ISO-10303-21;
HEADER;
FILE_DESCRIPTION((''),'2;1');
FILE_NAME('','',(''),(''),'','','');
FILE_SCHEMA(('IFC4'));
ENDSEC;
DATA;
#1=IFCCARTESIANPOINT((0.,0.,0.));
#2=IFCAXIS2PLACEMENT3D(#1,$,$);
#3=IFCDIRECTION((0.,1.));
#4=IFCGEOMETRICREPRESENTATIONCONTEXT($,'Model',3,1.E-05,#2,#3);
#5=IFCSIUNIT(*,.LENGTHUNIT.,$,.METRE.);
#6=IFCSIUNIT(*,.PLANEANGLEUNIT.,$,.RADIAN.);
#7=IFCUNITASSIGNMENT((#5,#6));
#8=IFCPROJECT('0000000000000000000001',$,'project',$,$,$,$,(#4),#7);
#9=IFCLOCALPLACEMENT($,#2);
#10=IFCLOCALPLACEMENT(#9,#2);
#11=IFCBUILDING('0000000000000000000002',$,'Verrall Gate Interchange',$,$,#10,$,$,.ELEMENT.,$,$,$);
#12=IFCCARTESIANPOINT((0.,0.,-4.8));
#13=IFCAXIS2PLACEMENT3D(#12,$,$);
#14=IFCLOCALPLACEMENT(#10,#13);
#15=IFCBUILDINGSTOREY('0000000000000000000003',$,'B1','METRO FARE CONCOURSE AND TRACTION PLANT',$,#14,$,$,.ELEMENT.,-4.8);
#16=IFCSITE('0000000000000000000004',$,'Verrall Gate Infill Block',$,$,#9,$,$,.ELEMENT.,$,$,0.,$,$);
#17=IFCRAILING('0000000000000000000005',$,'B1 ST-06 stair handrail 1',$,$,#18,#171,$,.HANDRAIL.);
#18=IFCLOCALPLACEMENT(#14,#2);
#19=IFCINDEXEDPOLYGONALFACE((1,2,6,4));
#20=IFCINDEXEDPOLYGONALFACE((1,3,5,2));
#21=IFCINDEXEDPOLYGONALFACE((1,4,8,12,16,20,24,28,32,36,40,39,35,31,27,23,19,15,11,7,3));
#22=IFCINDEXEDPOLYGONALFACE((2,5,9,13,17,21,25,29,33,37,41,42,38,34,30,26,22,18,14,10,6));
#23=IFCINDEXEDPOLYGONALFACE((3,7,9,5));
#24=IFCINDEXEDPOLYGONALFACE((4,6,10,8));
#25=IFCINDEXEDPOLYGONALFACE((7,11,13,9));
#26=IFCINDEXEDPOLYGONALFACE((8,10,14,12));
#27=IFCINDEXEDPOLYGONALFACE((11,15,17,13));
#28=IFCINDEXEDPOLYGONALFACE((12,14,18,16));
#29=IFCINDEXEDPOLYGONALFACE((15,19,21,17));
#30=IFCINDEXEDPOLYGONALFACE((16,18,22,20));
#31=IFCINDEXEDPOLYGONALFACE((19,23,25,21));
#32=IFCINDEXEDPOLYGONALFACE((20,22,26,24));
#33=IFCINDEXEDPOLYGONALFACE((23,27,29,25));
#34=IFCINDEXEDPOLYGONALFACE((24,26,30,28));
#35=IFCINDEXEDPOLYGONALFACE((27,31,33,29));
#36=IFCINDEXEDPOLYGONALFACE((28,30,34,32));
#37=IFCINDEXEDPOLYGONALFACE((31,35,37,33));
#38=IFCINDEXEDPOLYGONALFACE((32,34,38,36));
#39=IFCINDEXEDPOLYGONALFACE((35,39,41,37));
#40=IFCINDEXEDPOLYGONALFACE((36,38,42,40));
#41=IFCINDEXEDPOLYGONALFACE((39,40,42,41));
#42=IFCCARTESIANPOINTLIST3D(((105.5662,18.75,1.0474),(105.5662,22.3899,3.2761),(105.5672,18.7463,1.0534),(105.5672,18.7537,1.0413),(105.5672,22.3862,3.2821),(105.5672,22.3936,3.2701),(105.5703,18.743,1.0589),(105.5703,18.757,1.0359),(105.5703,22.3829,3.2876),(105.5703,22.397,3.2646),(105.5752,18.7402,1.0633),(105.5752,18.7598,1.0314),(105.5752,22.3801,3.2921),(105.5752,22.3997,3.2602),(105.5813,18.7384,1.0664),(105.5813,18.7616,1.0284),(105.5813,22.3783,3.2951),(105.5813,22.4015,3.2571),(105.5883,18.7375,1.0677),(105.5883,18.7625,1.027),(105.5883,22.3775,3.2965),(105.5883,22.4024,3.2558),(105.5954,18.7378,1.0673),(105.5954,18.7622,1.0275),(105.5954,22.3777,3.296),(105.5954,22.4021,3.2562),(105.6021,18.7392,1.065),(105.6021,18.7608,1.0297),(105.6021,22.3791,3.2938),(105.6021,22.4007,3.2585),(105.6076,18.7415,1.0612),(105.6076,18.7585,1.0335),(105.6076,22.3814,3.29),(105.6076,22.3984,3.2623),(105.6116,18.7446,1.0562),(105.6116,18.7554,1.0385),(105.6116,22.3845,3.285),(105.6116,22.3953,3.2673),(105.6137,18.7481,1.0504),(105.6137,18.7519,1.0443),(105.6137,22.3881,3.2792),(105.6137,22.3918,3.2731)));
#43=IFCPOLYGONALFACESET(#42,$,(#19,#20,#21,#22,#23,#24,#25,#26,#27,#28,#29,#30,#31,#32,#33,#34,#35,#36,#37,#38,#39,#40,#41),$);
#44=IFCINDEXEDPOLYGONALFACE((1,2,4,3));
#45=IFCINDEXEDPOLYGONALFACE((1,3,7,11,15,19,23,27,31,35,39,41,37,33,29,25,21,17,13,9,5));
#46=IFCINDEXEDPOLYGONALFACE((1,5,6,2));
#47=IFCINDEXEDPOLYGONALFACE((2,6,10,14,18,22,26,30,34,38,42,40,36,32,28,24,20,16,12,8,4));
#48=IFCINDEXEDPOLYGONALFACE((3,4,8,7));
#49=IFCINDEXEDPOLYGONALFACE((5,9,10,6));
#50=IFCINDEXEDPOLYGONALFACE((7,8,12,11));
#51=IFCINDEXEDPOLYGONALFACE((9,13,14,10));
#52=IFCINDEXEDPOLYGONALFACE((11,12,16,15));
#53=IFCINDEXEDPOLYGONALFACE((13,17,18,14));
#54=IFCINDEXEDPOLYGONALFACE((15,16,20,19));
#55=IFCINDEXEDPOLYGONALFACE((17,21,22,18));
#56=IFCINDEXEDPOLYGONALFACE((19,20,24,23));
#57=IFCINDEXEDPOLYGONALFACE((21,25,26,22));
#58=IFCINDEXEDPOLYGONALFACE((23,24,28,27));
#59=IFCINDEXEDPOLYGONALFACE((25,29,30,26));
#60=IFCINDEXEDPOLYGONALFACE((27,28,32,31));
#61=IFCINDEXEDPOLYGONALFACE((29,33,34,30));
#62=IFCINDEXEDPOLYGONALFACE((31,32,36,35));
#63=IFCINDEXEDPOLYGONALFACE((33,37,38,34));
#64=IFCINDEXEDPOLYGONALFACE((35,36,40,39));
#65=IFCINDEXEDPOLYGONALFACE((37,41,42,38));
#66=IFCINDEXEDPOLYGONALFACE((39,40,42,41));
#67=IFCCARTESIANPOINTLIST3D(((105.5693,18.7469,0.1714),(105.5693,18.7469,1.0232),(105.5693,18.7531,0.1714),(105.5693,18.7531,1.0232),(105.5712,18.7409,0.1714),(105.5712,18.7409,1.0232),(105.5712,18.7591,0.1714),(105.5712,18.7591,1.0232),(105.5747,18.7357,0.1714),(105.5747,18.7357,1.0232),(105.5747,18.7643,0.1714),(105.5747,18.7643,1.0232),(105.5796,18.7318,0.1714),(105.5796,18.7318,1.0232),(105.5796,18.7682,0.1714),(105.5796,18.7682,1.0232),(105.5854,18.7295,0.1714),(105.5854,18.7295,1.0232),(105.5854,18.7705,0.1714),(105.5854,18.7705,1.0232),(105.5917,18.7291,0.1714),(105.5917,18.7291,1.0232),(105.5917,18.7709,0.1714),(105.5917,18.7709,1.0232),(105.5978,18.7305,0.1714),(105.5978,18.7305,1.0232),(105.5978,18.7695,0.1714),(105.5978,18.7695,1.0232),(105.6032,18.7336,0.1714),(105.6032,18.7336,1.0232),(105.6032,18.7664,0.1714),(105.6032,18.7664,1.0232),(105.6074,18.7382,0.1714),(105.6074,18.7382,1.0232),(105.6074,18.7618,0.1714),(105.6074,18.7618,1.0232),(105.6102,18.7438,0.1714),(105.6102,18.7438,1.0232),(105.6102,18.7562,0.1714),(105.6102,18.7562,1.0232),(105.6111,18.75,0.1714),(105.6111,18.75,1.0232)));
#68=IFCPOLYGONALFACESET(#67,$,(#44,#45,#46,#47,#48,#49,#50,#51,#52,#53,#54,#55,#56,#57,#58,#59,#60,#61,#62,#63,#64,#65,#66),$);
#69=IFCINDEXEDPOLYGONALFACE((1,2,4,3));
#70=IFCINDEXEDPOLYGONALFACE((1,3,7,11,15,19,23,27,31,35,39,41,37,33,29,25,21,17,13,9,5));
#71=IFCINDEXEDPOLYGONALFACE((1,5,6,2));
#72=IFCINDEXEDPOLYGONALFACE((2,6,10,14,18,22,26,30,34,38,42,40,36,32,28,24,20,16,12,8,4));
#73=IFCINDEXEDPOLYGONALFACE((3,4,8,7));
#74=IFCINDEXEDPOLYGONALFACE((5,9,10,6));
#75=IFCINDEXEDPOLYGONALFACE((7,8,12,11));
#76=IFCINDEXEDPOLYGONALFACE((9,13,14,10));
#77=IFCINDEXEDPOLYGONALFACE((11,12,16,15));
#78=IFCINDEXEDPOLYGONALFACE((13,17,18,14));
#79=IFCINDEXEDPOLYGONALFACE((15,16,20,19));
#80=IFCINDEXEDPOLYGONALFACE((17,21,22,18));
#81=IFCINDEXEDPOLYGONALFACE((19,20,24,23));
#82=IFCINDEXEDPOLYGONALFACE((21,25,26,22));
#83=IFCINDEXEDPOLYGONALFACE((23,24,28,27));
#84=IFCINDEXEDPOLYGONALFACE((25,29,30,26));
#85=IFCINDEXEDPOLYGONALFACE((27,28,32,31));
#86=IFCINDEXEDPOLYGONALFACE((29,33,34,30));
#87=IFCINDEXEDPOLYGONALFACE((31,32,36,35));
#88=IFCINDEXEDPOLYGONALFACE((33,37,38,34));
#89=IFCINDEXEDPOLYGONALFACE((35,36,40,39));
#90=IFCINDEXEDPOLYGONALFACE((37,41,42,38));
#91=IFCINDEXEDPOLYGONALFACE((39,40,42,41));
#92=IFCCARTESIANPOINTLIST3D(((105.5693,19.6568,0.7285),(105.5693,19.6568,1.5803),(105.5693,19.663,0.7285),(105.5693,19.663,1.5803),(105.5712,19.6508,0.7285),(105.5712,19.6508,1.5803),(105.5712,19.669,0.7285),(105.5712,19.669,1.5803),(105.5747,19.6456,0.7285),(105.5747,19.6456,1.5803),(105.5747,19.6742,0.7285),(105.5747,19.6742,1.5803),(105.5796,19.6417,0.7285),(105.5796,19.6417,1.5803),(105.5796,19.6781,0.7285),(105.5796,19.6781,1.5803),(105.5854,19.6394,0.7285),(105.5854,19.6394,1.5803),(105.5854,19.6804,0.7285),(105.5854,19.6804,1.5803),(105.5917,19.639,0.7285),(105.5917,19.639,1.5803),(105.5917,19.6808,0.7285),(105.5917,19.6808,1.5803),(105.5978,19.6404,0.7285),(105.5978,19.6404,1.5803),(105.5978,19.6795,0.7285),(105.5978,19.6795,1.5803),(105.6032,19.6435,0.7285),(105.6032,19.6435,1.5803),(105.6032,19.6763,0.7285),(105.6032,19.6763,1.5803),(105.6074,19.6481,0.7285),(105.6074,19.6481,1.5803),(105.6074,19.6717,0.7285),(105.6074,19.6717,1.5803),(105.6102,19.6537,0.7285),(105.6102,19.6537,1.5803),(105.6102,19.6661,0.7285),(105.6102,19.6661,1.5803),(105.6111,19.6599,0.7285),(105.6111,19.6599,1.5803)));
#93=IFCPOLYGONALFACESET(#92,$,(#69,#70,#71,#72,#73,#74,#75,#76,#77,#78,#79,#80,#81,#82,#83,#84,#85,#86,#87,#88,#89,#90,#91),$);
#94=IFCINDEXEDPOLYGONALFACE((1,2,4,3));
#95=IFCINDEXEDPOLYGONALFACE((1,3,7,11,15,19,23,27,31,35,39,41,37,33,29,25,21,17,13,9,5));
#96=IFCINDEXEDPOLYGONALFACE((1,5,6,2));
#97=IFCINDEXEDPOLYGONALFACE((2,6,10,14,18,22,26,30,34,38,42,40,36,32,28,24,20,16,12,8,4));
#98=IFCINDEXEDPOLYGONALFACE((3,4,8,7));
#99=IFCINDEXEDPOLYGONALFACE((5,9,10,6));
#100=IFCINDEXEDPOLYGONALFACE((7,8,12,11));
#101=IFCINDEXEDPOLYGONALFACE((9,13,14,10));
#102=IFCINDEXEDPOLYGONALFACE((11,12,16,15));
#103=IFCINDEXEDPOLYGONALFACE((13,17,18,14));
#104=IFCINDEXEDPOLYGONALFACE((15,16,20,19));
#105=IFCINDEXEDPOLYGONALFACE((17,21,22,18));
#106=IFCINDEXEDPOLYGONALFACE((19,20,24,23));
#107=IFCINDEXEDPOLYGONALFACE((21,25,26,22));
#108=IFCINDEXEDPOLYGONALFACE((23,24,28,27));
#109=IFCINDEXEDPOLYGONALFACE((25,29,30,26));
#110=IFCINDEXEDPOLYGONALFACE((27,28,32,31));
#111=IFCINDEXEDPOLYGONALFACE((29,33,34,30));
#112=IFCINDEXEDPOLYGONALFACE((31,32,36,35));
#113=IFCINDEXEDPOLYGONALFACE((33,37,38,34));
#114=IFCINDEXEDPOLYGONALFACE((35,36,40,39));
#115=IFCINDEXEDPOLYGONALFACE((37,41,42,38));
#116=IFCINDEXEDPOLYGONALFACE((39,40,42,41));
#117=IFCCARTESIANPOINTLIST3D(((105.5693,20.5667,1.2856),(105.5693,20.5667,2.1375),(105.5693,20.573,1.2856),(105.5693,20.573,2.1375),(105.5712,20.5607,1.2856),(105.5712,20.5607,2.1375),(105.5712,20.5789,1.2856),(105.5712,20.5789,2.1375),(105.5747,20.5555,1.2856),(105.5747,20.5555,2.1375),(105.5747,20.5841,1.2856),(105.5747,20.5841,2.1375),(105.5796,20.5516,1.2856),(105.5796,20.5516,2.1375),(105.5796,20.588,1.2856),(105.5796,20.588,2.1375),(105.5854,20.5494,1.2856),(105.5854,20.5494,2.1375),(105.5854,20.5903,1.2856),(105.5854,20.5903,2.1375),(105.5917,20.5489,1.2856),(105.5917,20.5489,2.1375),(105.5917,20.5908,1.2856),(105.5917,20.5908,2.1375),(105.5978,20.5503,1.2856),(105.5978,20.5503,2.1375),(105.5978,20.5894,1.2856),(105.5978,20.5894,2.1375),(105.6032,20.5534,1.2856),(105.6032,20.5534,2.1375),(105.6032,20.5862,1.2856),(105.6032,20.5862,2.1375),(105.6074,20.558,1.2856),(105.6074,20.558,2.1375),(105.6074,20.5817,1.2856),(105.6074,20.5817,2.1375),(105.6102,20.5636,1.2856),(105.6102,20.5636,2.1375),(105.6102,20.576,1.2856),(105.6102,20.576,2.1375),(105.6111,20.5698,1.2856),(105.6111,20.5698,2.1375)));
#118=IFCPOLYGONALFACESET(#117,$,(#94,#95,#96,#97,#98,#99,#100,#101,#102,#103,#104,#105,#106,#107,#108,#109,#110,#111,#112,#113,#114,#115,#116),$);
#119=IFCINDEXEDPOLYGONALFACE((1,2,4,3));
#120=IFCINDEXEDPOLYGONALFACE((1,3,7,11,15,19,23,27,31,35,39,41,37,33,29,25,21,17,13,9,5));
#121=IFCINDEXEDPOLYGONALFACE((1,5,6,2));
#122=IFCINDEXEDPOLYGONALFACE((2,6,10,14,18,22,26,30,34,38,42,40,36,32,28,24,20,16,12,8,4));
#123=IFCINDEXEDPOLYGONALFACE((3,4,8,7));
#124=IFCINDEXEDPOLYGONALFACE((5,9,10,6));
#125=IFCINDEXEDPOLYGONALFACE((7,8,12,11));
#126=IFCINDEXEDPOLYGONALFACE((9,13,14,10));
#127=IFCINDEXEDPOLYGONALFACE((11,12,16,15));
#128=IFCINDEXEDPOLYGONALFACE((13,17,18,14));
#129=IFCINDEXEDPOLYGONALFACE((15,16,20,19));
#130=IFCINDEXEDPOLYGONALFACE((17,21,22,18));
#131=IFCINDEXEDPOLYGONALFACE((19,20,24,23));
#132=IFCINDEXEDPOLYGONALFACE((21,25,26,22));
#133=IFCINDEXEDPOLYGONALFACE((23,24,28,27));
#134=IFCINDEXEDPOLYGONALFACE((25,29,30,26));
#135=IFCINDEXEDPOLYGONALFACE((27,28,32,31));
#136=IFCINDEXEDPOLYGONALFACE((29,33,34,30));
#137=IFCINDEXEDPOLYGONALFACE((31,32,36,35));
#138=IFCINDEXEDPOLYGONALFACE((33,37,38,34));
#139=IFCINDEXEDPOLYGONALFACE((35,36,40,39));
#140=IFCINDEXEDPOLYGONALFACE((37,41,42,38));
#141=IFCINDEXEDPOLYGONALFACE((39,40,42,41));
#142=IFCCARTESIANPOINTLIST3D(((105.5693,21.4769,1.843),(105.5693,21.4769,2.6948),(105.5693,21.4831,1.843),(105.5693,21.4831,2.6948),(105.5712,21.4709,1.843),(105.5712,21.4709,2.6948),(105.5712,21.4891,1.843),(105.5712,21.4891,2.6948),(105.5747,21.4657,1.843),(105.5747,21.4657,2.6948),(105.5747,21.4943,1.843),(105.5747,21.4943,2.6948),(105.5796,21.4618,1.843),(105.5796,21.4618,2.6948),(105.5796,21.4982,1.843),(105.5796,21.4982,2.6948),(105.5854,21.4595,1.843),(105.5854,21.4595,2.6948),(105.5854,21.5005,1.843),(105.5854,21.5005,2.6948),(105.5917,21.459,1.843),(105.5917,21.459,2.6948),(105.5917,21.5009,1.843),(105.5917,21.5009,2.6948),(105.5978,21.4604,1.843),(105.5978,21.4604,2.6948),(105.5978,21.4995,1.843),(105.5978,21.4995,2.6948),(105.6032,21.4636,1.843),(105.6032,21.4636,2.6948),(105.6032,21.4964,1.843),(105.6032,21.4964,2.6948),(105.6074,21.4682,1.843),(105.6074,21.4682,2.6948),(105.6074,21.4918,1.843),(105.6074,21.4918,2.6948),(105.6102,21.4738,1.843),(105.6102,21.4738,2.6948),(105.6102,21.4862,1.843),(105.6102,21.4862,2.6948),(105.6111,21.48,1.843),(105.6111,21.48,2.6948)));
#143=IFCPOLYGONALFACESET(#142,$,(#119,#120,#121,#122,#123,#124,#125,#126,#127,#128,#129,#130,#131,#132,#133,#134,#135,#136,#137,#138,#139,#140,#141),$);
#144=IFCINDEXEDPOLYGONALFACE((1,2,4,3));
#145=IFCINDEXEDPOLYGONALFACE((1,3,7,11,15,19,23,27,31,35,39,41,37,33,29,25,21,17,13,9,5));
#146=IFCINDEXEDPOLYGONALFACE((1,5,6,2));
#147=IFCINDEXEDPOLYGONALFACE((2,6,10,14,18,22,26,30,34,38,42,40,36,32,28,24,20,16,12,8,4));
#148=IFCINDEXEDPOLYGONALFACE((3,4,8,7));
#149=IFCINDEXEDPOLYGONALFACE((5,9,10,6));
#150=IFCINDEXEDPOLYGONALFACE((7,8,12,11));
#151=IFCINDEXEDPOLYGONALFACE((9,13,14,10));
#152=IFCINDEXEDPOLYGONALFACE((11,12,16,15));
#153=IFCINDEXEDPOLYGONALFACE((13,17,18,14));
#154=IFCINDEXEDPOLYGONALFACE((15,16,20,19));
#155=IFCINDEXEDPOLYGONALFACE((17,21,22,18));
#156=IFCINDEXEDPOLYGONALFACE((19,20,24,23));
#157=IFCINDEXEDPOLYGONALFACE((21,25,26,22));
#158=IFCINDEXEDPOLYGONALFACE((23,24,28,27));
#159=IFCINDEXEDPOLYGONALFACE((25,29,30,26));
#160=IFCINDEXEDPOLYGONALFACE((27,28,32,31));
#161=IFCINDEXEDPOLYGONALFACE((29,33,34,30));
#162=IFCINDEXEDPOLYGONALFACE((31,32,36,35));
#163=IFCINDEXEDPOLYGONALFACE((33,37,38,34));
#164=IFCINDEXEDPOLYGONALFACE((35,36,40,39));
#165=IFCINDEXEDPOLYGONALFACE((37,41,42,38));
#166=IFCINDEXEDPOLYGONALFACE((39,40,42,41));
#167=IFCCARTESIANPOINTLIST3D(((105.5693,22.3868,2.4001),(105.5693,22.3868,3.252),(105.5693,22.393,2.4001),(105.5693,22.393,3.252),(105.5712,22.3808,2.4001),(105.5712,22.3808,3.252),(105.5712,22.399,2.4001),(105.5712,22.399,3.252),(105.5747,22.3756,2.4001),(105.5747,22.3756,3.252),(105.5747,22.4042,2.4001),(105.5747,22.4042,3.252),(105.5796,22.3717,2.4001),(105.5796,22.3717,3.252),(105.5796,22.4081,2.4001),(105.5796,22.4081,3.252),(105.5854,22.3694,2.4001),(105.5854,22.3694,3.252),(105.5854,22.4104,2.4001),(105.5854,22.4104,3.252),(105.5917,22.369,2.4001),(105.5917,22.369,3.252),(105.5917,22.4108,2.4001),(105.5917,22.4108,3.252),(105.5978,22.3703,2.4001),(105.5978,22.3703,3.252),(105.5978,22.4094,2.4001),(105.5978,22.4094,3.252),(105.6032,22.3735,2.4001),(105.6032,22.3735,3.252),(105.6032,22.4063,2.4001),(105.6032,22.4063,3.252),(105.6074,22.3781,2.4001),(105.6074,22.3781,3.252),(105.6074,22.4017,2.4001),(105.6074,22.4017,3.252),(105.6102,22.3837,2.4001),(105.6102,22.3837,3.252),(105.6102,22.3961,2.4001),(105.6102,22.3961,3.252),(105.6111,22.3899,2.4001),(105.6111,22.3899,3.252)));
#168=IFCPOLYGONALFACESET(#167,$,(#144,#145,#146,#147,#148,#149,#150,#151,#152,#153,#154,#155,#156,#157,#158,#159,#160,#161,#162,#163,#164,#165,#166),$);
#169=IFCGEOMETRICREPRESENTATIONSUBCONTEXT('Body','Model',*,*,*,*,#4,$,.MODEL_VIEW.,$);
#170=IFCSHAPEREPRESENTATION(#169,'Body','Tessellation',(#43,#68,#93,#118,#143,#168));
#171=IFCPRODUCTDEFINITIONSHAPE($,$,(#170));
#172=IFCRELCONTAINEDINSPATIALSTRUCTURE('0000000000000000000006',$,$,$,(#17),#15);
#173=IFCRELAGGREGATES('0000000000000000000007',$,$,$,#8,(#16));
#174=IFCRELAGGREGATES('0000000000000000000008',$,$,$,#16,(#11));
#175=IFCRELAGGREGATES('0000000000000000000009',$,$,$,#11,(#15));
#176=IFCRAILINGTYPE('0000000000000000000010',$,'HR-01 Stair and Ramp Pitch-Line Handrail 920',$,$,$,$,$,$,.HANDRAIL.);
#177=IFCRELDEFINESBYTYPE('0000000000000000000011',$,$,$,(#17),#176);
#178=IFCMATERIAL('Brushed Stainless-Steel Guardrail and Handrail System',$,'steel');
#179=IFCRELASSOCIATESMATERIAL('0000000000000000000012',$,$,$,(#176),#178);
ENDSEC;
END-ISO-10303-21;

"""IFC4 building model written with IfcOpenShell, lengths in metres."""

from ifc_helpers import new_model, si_unit, direction, frame, origin, origin_2d, place, context, subcontext, project, spatial, circle, extrude, material, type_object, element, save


model = new_model("IFC4")

# Units and contexts
model_context = context("Model", 3, precision=1e-05, world=origin(), true_north=direction((0.0, 1.0)))
body_context = subcontext(model_context, "Body", "Model", "MODEL_VIEW")
ifc_project = project(units=[si_unit("LENGTHUNIT", "METRE"), si_unit("PLANEANGLEUNIT", "RADIAN")], contexts=[model_context])

# Site, building, storey
site_placement = place(None, origin())
site = spatial("IfcSite", under=ifc_project, at=site_placement, Name="Verrall Gate Infill Block", CompositionType="ELEMENT", RefElevation=0.0)
building_placement = place(site_placement, origin())
building = spatial("IfcBuilding", under=site, at=building_placement, Name="Verrall Gate Interchange", CompositionType="ELEMENT")
storey_placement = place(building_placement, frame((0.0, 0.0, -4.8)))
storey = spatial("IfcBuildingStorey", under=building, at=storey_placement, Name="B1", Description="METRO FARE CONCOURSE AND TRACTION PLANT", CompositionType="ELEMENT", Elevation=-4.8)

# Railing
ifc_material_1 = material(Name="Brushed Stainless-Steel Guardrail and Handrail System", Category="steel")
railing_type_1 = type_object("IfcRailingType", Name="HR-01 Stair and Ramp Pitch-Line Handrail 920", PredefinedType="HANDRAIL", material=ifc_material_1)
railing_1_placement = place(storey_placement, frame((105.5901, 18.75, 0.1714)))
element("IfcRailing", 1, at=railing_1_placement, inside=storey, type_object=railing_type_1, Name="B1 ST-06 stair handrail 1", PredefinedType="HANDRAIL", context=body_context, shape_type="SweptSolid", body=[
    extrude(circle(Radius=0.0239, at=origin_2d()), frame((0.0, 0.0, 0.876), z_axis=(0.0, 0.852825, 0.522197), x_axis=(-1.0, 0.0, 0.0)), (0.0, 0.0, 1.0), 4.2681),
    extrude(circle(Radius=0.021, at=origin_2d()), origin(), (0.0, 0.0, 1.0), 0.8518),
    extrude(circle(Radius=0.021, at=origin_2d()), frame((0.0, 0.9099, 0.5571)), (0.0, 0.0, 1.0), 0.8518),
    extrude(circle(Radius=0.021, at=origin_2d()), frame((0.0, 1.8198, 1.1143)), (0.0, 0.0, 1.0), 0.8518),
    extrude(circle(Radius=0.021, at=origin_2d()), frame((0.0, 2.73, 1.6716)), (0.0, 0.0, 1.0), 0.8518),
    extrude(circle(Radius=0.021, at=origin_2d()), frame((0.0, 3.6399, 2.2288)), (0.0, 0.0, 1.0), 0.8518),
])

save(model, "model.ifc")
